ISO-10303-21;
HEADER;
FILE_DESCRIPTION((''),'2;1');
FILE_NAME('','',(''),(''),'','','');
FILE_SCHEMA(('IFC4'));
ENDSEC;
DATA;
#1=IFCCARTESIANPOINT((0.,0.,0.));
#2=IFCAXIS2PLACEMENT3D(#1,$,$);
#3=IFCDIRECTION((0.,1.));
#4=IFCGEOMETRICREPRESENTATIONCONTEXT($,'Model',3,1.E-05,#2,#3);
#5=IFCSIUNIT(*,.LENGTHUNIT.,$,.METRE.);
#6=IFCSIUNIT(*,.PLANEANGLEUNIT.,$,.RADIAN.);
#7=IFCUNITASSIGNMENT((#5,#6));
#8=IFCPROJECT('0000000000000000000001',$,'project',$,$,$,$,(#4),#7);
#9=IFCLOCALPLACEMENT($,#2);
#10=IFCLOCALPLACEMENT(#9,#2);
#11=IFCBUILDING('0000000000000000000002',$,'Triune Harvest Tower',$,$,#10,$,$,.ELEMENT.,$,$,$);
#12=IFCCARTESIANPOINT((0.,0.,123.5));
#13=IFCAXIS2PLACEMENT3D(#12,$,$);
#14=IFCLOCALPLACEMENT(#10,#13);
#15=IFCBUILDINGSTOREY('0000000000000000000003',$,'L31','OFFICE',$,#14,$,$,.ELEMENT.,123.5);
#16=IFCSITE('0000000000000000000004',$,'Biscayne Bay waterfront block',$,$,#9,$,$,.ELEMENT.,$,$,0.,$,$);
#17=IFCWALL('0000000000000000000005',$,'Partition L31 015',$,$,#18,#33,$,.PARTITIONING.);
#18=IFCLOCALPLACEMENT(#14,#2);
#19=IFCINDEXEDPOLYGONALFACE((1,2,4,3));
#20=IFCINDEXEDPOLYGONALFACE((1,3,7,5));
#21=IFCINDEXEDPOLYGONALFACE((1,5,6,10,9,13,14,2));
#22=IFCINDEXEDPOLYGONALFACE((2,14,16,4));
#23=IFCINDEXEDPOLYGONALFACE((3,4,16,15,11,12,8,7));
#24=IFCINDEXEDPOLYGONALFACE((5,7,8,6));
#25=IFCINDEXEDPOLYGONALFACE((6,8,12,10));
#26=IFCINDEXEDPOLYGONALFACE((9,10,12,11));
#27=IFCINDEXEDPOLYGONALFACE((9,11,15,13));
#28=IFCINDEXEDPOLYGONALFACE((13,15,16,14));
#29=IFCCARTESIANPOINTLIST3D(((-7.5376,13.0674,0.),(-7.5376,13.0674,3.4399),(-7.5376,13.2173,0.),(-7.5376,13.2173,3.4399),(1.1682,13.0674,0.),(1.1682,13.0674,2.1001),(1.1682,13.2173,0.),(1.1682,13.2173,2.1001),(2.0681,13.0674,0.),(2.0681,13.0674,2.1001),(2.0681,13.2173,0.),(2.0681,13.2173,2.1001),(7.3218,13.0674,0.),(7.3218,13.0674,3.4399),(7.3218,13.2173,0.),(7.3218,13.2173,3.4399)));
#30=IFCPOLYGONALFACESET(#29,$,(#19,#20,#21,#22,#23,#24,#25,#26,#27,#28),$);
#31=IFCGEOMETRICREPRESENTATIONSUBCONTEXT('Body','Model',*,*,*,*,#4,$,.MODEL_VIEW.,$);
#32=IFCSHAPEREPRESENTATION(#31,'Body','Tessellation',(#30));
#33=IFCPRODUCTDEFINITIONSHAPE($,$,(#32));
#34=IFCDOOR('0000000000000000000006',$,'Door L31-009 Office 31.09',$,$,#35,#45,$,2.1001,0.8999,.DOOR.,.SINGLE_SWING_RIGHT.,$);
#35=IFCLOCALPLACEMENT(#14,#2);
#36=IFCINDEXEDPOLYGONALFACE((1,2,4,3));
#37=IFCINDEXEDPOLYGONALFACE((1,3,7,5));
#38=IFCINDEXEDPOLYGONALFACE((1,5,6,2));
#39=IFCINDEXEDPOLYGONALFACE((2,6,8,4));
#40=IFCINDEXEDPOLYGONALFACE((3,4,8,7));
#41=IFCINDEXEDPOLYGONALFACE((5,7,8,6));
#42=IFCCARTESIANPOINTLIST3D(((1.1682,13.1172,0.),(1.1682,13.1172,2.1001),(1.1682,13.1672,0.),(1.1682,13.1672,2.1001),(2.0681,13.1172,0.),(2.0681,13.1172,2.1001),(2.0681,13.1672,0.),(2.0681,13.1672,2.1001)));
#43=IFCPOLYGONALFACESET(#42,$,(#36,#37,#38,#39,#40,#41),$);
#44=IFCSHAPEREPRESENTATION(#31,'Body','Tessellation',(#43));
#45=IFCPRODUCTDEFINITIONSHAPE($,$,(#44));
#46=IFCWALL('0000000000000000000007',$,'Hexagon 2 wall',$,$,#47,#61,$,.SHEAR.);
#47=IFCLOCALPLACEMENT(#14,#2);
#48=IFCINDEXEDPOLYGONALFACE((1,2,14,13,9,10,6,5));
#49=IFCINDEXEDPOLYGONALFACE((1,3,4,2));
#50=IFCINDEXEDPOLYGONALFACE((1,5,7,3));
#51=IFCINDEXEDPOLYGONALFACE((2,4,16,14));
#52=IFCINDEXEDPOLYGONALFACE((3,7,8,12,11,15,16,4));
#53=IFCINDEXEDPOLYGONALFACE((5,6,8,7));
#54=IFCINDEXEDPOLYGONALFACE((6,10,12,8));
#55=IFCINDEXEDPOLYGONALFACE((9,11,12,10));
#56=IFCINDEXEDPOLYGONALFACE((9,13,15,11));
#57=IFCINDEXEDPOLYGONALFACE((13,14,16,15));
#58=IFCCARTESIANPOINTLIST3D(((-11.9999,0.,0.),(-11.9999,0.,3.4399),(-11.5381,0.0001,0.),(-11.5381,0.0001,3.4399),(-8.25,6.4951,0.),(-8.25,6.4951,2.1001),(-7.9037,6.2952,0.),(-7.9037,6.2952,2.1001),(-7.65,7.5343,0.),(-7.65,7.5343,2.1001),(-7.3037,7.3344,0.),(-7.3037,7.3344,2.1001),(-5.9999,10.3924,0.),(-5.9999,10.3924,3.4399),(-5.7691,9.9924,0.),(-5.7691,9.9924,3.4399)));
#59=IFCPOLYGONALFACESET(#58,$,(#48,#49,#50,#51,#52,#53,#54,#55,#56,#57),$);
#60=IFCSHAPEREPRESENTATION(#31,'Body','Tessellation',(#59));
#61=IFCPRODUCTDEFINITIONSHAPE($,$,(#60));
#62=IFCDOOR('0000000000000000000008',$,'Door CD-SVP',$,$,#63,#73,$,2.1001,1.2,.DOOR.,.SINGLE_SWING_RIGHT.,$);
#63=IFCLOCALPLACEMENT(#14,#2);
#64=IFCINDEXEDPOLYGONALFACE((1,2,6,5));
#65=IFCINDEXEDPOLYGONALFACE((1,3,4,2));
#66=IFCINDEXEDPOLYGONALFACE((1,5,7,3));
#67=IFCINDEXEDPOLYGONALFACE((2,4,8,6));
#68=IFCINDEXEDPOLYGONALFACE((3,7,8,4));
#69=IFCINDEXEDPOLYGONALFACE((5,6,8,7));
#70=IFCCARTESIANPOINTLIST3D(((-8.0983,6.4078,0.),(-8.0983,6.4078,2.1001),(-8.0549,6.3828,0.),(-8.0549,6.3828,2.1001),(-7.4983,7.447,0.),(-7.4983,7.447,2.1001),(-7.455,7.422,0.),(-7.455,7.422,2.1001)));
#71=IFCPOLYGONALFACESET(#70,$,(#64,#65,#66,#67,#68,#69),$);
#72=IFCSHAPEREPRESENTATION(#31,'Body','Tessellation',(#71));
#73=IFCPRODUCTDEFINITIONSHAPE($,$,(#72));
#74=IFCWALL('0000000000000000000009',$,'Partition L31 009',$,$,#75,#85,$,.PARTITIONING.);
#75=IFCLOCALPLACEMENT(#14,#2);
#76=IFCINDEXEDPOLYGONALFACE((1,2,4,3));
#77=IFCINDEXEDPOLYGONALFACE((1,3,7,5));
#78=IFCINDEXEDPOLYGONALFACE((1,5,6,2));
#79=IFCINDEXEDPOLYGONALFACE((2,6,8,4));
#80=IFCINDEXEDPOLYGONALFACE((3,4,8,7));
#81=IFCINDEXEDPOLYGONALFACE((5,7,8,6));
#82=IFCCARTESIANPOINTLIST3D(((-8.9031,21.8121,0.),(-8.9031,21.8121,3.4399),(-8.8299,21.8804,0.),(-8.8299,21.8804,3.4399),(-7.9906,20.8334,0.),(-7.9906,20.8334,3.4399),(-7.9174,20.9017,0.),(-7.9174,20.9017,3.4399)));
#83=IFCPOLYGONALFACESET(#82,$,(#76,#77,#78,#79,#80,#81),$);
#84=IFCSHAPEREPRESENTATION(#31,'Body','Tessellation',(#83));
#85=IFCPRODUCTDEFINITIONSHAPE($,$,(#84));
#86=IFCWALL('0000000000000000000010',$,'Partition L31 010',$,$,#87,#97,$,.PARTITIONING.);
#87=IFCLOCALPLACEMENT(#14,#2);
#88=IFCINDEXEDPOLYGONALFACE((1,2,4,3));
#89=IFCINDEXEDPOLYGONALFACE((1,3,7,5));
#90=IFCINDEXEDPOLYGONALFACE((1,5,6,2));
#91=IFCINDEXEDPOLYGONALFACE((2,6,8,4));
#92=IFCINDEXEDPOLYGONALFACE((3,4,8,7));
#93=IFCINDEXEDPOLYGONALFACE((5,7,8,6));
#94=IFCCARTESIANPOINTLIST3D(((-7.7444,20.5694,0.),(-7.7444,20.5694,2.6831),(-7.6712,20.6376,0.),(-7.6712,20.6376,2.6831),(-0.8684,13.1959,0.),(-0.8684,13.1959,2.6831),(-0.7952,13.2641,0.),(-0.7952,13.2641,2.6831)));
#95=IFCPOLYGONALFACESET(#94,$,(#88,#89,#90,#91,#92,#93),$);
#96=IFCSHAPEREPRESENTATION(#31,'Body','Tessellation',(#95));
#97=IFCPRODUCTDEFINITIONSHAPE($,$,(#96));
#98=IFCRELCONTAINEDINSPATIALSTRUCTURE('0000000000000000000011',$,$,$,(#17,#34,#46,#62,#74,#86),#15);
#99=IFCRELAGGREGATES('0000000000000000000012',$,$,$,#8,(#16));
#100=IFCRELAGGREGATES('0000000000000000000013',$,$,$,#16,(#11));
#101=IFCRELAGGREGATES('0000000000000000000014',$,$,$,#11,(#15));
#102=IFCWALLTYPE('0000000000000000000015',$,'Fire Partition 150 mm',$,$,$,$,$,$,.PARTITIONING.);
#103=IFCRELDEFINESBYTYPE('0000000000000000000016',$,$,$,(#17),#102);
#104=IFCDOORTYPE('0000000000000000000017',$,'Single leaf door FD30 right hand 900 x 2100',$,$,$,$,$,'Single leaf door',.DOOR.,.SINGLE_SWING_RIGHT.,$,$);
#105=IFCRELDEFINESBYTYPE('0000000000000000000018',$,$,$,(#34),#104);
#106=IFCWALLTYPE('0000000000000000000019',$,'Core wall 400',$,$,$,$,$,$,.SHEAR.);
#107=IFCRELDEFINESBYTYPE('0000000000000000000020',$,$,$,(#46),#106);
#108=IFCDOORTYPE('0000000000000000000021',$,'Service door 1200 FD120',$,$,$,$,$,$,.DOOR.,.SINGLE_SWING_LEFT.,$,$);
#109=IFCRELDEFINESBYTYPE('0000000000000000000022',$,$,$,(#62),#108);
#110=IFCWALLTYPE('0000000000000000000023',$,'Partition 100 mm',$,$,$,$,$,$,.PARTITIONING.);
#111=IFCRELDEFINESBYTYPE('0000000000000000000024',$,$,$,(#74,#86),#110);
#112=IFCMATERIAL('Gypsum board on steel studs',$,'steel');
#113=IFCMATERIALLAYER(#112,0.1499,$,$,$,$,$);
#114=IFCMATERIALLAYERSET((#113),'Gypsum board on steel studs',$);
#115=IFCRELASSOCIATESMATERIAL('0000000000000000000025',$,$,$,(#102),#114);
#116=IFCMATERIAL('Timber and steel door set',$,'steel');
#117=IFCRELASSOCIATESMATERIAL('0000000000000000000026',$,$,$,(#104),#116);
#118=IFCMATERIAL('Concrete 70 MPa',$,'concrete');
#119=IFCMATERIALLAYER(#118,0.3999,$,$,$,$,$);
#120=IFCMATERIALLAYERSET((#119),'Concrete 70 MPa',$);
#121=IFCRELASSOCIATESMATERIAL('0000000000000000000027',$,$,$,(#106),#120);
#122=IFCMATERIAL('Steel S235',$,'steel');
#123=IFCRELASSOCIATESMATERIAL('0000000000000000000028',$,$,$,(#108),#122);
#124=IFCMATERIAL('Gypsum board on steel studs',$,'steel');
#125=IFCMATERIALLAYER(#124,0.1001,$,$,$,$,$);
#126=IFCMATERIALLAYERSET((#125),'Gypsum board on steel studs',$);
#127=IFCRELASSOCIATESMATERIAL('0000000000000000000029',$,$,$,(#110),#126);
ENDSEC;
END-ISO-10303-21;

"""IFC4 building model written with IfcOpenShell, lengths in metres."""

from ifc_helpers import new_model, si_unit, direction, frame, frame_2d, origin, place, context, subcontext, project, spatial, polyline, rectangle, outline, extrude, source, transform, mapped, material, layer, layer_set, type_object, element, fill, save


model = new_model("IFC4")

# Units and contexts
model_context = context("Model", 3, precision=1e-05, world=origin(), true_north=direction((0.0, 1.0)))
body_context = subcontext(model_context, "Body", "Model", "MODEL_VIEW")
ifc_project = project(units=[si_unit("LENGTHUNIT", "METRE"), si_unit("PLANEANGLEUNIT", "RADIAN")], contexts=[model_context])

# Site, building, storey
site_placement = place(None, origin())
site = spatial("IfcSite", under=ifc_project, at=site_placement, Name="Biscayne Bay waterfront block", CompositionType="ELEMENT", RefElevation=0.0)
building_placement = place(site_placement, origin())
building = spatial("IfcBuilding", under=site, at=building_placement, Name="Triune Harvest Tower", CompositionType="ELEMENT")
storey_placement = place(building_placement, frame((0.0, 0.0, 123.5)))
storey = spatial("IfcBuildingStorey", under=building, at=storey_placement, Name="L31", Description="OFFICE", CompositionType="ELEMENT", Elevation=123.5)

# Walls, openings, doors
ifc_material_1 = material(Name="Gypsum board on steel studs", Category="steel")
ifc_layer_1 = layer(ifc_material_1, 0.1499)
ifc_layer_set_1 = layer_set([ifc_layer_1], Name="Gypsum board on steel studs")
wall_type_1 = type_object("IfcWallType", Name="Fire Partition 150 mm", PredefinedType="PARTITIONING", material=ifc_layer_set_1)
wall_1_placement = place(storey_placement, frame((-7.5376, 13.1423, 0.0), z_axis=(0.0, 0.0, 1.0), x_axis=(1.0, 0.0, 0.0)))
wall_1 = element("IfcWall", 1, at=wall_1_placement, inside=storey, type_object=wall_type_1, Name="Partition L31 015", PredefinedType="PARTITIONING", context=body_context, shape_type="SweptSolid", body=[
    extrude(rectangle(XDim=14.8594, YDim=0.1499, at=frame_2d((7.4297, 0.0))), origin(), (0.0, 0.0, 1.0), 3.4399),
])
opening_1_placement = place(wall_1_placement, frame((8.7058, 0.0, 0.0)))
opening_1 = element("IfcOpeningElement", 2, at=opening_1_placement, cuts=wall_1, PredefinedType="OPENING", context=body_context, shape_type="SweptSolid", body=[
    extrude(rectangle(XDim=0.8999, YDim=2.1001, at=frame_2d((0.45, 1.05))), frame((0.0, 0.085, 0.0), z_axis=(0.0, -1.0, 0.0), x_axis=(1.0, 0.0, 0.0)), (0.0, 0.0, 1.0), 0.1699),
])
ifc_material_2 = material(Name="Timber and steel door set", Category="steel")
door_type_1 = type_object("IfcDoorType", Name="Single leaf door FD30 right hand 900 x 2100", ElementType="Single leaf door", OperationType="SINGLE_SWING_RIGHT", PredefinedType="DOOR", material=ifc_material_2)
door_1_placement = place(opening_1_placement, origin())
door_1 = element("IfcDoor", 3, at=door_1_placement, inside=storey, type_object=door_type_1, Name="Door L31-009 Office 31.09", OperationType="SINGLE_SWING_RIGHT", OverallHeight=2.1001, OverallWidth=0.8999, PredefinedType="DOOR", context=body_context, shape_type="SweptSolid", body=[
    extrude(rectangle(XDim=0.8999, YDim=2.1001, at=frame_2d((0.45, 1.05))), frame((0.0, 0.0249, 0.0), z_axis=(0.0, -1.0, 0.0), x_axis=(1.0, 0.0, 0.0)), (0.0, 0.0, 1.0), 0.05),
])
fill(opening_1, door_1)
ifc_material_3 = material(Name="Concrete 70 MPa", Category="concrete")
ifc_layer_2 = layer(ifc_material_3, 0.3999)
ifc_layer_set_2 = layer_set([ifc_layer_2], Name="Concrete 70 MPa")
wall_type_2 = type_object("IfcWallType", Name="Core wall 400", PredefinedType="SHEAR", material=ifc_layer_set_2)
shared_shape_1 = source(origin(), body_context, "Body", "SweptSolid", [
    extrude(outline(polyline([(-0.1155, -0.2), (11.8845, -0.2), (11.6536, 0.2), (0.1155, 0.2), (-0.1155, -0.2)])), origin(), (0.0, 0.0, 1.0), 3.4399),
])
wall_2_placement = place(storey_placement, frame((-5.8845, 10.1924, 0.0), z_axis=(0.0, 0.0, 1.0), x_axis=(-0.499997, -0.866027, 0.0)))
wall_2 = element("IfcWall", 4, at=wall_2_placement, inside=storey, type_object=wall_type_2, Name="Hexagon 2 wall", PredefinedType="SHEAR", context=body_context, shape_type="MappedRepresentation", body=[
    mapped(shared_shape_1, transform((0.0, 0.0, 0.0), scale=1.0)),
])
opening_2_placement = place(wall_2_placement, frame((3.1846, 0.0, 0.0)))
opening_2 = element("IfcOpeningElement", 5, at=opening_2_placement, cuts=wall_2, PredefinedType="OPENING", context=body_context, shape_type="SweptSolid", body=[
    extrude(rectangle(XDim=1.2, YDim=2.1001, at=frame_2d((0.6001, 1.05))), frame((0.0, 0.21, 0.0), z_axis=(0.0, -1.0, 0.0), x_axis=(1.0, 0.0, 0.0)), (0.0, 0.0, 1.0), 0.4199),
])
ifc_material_4 = material(Name="Steel S235", Category="steel")
door_type_2 = type_object("IfcDoorType", Name="Service door 1200 FD120", OperationType="SINGLE_SWING_LEFT", PredefinedType="DOOR", material=ifc_material_4)
door_2_placement = place(opening_2_placement, frame((1.2, 0.0, 0.0), z_axis=(0.0, 0.0, 1.0), x_axis=(-1.0, 0.0, 0.0)))
door_2 = element("IfcDoor", 6, at=door_2_placement, inside=storey, type_object=door_type_2, Name="Door CD-SVP", OperationType="SINGLE_SWING_RIGHT", OverallHeight=2.1001, OverallWidth=1.2, PredefinedType="DOOR", context=body_context, shape_type="SweptSolid", body=[
    extrude(rectangle(XDim=1.2, YDim=2.1001, at=frame_2d((0.6001, 1.05))), frame((0.0, 0.0249, 0.0), z_axis=(0.0, -1.0, 0.0), x_axis=(1.0, 0.0, 0.0)), (0.0, 0.0, 1.0), 0.05),
])
fill(opening_2, door_2)

# Walls
ifc_material_5 = material(Name="Gypsum board on steel studs", Category="steel")
ifc_layer_3 = layer(ifc_material_5, 0.1001)
ifc_layer_set_3 = layer_set([ifc_layer_3], Name="Gypsum board on steel studs")
wall_type_3 = type_object("IfcWallType", Name="Partition 100 mm", PredefinedType="PARTITIONING", material=ifc_layer_set_3)
shared_shape_2 = source(origin(), body_context, "Body", "SweptSolid", [
    extrude(rectangle(XDim=1.3381, YDim=0.1001, at=frame_2d((0.6689, 0.0))), origin(), (0.0, 0.0, 1.0), 3.4399),
])
wall_3_placement = place(storey_placement, frame((-8.8665, 21.8462, 0.0), z_axis=(0.0, 0.0, 1.0), x_axis=(0.681954, -0.731395, 0.0)))
element("IfcWall", 7, at=wall_3_placement, inside=storey, type_object=wall_type_3, Name="Partition L31 009", PredefinedType="PARTITIONING", context=body_context, shape_type="MappedRepresentation", body=[
    mapped(shared_shape_2, transform((0.0, 0.0, 0.0), scale=1.0)),
])
shared_shape_3 = source(origin(), body_context, "Body", "SweptSolid", [
    extrude(rectangle(XDim=10.082, YDim=0.1001, at=frame_2d((5.041, 0.0))), origin(), (0.0, 0.0, 1.0), 2.6831),
])
wall_4_placement = place(storey_placement, frame((-7.7078, 20.6035, 0.0), z_axis=(0.0, 0.0, 1.0), x_axis=(0.682001, -0.731352, 0.0)))
element("IfcWall", 8, at=wall_4_placement, inside=storey, type_object=wall_type_3, Name="Partition L31 010", PredefinedType="PARTITIONING", context=body_context, shape_type="MappedRepresentation", body=[
    mapped(shared_shape_3, transform((0.0, 0.0, 0.0), scale=1.0)),
])

save(model, "model.ifc")
